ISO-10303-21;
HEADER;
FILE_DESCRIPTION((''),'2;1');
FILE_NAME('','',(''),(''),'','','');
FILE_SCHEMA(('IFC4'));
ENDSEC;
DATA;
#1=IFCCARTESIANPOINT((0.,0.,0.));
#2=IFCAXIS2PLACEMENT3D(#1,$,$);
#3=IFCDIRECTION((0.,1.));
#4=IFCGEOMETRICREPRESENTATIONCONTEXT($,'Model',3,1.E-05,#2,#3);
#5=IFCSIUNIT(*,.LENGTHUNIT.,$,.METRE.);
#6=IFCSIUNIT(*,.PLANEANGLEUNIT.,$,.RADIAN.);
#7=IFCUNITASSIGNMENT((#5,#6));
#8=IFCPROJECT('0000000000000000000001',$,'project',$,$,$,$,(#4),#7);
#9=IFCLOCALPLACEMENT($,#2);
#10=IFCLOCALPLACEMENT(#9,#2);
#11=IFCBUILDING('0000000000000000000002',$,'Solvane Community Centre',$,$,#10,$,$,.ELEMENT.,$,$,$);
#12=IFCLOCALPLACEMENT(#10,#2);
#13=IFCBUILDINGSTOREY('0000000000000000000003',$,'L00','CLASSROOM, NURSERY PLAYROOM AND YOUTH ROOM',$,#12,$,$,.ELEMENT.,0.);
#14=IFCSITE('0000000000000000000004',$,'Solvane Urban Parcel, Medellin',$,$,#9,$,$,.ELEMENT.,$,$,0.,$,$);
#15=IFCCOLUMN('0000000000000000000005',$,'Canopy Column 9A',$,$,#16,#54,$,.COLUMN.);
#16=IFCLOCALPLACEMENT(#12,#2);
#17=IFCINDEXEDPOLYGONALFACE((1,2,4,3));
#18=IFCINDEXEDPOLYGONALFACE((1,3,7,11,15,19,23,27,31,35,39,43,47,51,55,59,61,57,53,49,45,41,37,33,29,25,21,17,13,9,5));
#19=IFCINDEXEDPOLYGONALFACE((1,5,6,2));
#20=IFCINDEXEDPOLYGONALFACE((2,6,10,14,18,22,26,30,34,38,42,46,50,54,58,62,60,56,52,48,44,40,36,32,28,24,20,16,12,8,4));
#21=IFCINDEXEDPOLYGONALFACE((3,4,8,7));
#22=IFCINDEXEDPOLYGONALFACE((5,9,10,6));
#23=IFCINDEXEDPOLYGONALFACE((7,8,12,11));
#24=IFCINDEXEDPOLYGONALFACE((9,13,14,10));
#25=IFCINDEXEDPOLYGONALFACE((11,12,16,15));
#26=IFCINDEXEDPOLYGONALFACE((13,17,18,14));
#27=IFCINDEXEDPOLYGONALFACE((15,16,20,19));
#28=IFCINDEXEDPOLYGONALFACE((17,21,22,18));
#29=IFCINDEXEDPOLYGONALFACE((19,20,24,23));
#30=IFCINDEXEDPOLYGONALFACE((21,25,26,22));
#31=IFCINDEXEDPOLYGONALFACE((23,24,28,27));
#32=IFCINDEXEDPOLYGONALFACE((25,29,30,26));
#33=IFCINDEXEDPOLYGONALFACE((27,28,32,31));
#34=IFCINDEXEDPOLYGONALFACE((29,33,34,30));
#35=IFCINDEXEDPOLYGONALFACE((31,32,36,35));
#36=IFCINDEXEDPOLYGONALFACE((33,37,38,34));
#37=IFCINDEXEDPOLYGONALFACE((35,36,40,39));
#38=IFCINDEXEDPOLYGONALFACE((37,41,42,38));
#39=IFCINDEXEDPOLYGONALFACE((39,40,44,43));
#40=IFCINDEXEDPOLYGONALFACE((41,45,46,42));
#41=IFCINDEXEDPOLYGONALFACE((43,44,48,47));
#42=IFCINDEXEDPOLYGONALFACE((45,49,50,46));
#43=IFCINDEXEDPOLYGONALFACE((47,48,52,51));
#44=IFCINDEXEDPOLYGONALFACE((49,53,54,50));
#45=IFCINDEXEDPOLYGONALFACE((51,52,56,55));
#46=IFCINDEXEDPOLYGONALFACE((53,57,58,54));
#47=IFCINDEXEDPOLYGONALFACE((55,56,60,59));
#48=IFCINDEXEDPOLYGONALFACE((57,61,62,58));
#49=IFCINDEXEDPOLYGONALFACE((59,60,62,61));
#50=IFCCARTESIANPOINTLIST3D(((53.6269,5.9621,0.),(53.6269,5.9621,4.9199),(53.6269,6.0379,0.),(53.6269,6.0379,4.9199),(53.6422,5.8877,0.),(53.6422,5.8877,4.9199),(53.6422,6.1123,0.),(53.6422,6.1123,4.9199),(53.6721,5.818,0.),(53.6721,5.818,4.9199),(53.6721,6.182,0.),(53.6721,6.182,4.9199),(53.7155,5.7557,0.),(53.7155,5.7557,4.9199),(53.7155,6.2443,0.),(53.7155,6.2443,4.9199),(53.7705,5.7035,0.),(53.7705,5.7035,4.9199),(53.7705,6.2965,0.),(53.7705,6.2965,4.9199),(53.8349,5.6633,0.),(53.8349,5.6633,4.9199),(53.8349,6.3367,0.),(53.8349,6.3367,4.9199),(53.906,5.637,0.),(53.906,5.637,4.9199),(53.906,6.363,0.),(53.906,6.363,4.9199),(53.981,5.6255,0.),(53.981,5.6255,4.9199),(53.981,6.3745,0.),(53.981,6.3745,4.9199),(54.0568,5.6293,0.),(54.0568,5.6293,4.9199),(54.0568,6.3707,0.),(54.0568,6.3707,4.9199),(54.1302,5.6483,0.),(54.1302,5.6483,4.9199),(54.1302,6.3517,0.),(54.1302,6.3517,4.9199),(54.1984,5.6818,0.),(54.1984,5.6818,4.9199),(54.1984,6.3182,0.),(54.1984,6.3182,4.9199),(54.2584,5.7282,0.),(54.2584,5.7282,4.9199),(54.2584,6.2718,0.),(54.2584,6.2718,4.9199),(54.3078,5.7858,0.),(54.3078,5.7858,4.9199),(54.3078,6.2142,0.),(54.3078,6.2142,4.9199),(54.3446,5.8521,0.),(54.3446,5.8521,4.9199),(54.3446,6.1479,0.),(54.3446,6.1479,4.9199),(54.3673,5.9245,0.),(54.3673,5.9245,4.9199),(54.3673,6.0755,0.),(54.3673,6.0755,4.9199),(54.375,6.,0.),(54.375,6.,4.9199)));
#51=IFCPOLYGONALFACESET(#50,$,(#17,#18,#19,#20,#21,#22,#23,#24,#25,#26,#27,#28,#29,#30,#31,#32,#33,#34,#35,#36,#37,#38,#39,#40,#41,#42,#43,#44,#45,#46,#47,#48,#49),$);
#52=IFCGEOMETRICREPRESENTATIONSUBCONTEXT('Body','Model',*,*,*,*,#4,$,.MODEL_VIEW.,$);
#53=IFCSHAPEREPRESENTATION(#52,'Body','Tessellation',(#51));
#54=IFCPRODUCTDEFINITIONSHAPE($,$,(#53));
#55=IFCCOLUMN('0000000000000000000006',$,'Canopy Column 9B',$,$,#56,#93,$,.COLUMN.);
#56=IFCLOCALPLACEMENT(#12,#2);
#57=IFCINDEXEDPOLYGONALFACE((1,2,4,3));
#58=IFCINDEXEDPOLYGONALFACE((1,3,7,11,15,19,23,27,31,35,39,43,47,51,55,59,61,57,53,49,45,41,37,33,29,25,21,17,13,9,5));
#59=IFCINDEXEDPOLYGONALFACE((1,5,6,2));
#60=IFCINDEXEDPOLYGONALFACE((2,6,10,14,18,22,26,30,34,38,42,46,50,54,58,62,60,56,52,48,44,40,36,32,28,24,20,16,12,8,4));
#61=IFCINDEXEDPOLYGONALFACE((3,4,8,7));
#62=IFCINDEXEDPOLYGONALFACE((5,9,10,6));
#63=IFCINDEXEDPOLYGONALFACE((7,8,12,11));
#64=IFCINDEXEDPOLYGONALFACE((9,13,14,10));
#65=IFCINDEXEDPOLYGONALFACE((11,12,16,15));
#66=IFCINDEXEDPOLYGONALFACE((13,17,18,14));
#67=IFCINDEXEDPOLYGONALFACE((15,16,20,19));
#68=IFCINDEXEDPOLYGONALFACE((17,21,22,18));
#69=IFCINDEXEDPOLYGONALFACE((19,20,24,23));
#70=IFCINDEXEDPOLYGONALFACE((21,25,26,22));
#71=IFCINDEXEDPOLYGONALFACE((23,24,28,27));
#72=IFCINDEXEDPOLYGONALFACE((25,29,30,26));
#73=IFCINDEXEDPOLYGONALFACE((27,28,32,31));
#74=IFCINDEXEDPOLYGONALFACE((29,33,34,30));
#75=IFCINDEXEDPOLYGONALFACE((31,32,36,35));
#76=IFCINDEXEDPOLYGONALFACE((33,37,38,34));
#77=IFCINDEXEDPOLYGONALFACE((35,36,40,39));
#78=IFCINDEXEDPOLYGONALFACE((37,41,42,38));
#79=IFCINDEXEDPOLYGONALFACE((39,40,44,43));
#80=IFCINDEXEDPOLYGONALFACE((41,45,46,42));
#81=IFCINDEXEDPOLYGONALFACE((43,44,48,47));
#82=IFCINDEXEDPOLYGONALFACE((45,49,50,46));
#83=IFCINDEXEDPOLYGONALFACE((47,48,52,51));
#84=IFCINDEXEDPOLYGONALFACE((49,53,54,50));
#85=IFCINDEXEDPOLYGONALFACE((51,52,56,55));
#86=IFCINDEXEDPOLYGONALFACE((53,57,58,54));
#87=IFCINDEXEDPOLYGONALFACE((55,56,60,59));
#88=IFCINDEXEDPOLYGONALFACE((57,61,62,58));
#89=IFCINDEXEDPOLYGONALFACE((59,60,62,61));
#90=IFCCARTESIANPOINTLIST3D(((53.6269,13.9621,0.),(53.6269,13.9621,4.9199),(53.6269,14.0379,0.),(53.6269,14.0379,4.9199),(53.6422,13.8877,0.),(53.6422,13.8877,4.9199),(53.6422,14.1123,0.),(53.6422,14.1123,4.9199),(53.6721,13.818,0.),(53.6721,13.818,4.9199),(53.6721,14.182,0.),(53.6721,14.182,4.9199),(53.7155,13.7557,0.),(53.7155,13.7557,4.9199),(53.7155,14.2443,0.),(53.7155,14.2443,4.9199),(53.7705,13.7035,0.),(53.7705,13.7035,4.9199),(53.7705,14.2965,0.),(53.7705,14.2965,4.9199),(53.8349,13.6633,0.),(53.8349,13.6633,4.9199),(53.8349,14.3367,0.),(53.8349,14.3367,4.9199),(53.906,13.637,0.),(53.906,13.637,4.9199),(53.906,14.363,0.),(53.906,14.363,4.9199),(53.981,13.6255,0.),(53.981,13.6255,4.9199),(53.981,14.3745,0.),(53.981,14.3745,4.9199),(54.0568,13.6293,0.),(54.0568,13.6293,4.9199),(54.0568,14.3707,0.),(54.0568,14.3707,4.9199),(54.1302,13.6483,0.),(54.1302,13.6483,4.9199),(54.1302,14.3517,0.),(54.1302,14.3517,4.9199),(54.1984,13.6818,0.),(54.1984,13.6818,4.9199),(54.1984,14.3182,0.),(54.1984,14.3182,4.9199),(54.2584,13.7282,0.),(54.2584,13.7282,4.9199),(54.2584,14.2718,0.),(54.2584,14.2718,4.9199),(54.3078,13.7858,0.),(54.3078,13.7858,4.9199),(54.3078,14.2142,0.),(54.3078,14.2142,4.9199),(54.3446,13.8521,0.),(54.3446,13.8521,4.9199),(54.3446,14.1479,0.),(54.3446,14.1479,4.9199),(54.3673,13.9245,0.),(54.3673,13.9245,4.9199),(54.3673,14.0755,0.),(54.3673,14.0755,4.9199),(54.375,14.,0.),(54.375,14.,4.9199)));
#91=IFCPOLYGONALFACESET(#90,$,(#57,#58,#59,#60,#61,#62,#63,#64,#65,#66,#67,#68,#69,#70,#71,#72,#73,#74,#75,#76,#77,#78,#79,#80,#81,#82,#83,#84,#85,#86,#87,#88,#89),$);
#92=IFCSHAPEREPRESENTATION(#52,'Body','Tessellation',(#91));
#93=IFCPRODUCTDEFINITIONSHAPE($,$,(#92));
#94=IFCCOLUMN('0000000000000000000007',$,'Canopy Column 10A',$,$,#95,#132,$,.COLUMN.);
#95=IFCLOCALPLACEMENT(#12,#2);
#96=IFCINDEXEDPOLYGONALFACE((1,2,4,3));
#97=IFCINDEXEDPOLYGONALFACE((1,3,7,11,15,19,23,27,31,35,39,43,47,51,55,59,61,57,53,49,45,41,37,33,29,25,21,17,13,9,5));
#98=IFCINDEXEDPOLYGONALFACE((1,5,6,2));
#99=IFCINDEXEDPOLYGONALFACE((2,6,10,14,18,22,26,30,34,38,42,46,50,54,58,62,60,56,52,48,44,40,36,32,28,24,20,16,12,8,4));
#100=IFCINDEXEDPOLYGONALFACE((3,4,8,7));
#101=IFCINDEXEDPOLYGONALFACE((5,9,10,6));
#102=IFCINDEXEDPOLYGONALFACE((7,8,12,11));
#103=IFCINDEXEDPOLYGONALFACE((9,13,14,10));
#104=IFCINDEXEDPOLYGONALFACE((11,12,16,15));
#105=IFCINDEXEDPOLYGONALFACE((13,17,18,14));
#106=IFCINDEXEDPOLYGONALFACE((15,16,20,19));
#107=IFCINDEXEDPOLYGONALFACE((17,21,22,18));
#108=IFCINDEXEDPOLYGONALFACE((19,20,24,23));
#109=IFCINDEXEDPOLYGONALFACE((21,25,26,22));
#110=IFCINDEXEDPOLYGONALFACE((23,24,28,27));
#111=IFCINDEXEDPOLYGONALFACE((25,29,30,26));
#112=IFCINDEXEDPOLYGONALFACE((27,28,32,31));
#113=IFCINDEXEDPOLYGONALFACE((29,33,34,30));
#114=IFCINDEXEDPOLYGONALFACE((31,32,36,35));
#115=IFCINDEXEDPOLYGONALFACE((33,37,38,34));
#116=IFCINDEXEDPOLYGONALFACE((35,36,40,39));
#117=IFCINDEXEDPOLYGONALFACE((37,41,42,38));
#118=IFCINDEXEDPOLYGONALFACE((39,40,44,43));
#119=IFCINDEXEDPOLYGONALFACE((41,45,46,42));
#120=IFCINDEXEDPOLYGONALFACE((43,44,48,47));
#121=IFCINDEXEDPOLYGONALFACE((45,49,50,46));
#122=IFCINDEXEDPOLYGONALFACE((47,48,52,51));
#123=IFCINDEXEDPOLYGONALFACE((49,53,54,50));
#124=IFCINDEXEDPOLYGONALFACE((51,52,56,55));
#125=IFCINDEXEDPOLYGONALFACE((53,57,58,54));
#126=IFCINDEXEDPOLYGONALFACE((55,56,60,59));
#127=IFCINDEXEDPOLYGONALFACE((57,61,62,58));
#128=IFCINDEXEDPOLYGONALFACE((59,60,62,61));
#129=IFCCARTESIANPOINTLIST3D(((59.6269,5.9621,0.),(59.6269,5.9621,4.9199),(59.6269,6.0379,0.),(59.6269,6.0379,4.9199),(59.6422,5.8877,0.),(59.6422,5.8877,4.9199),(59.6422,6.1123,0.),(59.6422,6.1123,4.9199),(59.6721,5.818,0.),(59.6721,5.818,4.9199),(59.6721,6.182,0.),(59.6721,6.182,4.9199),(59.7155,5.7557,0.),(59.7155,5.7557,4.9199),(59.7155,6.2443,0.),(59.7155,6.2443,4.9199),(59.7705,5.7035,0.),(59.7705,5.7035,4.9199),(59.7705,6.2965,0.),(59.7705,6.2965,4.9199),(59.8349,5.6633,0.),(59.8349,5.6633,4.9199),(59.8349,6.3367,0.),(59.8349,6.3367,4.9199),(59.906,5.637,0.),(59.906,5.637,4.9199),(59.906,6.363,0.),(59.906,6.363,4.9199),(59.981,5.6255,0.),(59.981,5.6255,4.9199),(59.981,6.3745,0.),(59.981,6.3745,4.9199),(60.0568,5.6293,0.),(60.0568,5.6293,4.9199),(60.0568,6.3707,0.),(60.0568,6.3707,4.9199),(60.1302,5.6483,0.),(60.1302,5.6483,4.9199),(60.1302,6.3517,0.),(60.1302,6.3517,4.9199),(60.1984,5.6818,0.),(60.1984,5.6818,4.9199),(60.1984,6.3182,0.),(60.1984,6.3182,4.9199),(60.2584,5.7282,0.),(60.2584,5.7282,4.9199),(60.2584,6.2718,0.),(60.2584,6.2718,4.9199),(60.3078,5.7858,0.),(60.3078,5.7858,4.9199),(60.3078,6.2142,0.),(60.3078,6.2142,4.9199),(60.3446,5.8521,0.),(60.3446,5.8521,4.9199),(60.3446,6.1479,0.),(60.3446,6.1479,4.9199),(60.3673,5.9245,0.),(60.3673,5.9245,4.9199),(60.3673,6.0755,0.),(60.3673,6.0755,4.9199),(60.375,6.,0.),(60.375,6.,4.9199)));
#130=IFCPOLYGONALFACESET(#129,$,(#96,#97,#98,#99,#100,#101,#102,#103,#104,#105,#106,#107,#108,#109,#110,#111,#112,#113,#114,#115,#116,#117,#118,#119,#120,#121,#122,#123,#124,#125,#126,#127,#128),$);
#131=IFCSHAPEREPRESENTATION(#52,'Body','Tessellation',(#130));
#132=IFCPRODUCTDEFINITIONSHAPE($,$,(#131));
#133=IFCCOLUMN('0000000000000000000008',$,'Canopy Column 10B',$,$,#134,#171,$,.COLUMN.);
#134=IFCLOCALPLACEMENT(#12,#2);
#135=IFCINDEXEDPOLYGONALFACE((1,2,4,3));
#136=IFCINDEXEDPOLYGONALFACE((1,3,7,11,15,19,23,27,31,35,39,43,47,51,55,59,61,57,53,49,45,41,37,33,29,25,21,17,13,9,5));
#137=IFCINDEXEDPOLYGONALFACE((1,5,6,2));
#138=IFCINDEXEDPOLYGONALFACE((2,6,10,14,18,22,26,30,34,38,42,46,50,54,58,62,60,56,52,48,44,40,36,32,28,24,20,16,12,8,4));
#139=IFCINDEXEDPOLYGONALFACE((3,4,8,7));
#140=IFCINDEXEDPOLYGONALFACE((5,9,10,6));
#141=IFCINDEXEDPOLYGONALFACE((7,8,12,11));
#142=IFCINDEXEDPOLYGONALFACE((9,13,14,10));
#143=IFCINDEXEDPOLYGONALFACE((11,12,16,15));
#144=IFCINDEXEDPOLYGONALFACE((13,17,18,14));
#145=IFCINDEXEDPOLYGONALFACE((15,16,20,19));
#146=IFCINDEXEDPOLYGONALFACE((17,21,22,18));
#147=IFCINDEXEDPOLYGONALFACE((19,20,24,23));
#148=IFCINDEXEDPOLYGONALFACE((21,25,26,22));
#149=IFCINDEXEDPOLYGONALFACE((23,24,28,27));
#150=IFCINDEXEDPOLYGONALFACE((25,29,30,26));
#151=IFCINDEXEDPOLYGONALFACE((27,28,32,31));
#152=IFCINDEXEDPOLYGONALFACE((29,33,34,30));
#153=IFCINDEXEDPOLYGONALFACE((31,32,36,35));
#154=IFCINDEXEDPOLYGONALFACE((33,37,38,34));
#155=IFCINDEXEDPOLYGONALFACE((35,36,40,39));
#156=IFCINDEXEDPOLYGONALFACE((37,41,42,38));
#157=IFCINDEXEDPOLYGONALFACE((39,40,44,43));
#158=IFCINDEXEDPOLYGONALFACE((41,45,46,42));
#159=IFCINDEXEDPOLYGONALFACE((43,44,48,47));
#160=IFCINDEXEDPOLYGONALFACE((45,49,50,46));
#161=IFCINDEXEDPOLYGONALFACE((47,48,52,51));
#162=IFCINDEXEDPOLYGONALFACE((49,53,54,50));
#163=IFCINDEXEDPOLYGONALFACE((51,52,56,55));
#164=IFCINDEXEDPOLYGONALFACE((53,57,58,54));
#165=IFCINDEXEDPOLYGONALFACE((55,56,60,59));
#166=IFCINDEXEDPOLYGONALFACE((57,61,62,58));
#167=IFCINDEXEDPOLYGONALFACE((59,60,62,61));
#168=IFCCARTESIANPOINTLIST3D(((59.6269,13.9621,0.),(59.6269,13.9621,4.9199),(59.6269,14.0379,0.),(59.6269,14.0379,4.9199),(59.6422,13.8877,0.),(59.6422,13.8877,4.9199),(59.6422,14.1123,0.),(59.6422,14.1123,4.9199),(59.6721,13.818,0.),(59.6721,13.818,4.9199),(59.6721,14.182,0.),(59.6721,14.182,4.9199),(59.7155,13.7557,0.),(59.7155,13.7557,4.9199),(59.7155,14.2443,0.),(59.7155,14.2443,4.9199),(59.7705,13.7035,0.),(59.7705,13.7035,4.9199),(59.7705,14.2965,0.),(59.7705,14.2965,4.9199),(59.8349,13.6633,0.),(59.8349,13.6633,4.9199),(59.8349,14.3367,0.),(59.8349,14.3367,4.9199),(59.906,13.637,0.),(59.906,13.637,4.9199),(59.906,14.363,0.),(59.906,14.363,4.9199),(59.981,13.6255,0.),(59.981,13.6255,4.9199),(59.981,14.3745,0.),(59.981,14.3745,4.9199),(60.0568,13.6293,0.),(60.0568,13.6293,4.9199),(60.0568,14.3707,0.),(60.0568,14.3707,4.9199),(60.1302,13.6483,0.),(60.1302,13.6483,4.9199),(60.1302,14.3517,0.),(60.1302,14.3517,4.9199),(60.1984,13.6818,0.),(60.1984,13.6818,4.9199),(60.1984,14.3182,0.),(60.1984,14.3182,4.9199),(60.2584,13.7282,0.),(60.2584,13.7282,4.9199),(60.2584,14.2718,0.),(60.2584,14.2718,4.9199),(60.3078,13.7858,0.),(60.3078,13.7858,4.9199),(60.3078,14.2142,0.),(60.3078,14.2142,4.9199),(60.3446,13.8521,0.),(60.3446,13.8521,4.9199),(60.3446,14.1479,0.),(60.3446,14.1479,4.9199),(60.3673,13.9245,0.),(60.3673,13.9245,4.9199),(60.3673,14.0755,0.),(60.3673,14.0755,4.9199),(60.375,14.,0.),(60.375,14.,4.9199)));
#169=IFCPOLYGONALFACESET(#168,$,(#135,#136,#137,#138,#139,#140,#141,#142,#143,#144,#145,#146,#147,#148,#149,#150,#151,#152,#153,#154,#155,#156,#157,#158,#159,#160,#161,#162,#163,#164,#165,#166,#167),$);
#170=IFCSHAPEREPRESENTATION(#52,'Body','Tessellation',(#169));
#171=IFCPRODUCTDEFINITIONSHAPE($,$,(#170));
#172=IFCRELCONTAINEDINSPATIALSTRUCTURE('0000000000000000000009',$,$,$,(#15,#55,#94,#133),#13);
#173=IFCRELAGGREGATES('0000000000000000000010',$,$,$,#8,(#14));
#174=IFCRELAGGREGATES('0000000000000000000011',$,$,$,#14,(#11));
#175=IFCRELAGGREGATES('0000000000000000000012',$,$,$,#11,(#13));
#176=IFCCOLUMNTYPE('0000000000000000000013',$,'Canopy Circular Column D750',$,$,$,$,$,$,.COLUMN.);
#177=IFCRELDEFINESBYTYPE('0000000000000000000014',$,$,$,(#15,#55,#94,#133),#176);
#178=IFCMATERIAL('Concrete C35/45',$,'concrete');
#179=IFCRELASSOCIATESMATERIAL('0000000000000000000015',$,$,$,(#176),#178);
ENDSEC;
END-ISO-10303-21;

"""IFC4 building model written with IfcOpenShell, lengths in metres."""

from ifc_helpers import new_model, si_unit, direction, frame, origin, origin_2d, place, context, subcontext, project, spatial, circle, extrude, material, material_profile, profile_set, type_object, element, save


model = new_model("IFC4")

# Units and contexts
model_context = context("Model", 3, precision=1e-05, world=origin(), true_north=direction((0.0, 1.0)))
body_context = subcontext(model_context, "Body", "Model", "MODEL_VIEW")
ifc_project = project(units=[si_unit("LENGTHUNIT", "METRE"), si_unit("PLANEANGLEUNIT", "RADIAN")], contexts=[model_context])

# Site, building, storey
site_placement = place(None, origin())
site = spatial("IfcSite", under=ifc_project, at=site_placement, Name="Solvane Urban Parcel, Medellin", CompositionType="ELEMENT", RefElevation=0.0)
building_placement = place(site_placement, origin())
building = spatial("IfcBuilding", under=site, at=building_placement, Name="Solvane Community Centre", CompositionType="ELEMENT")
storey_placement = place(building_placement, origin())
storey = spatial("IfcBuildingStorey", under=building, at=storey_placement, Name="L00", Description="CLASSROOM, NURSERY PLAYROOM AND YOUTH ROOM", CompositionType="ELEMENT", Elevation=0.0)

# Columns
ifc_material_1 = material(Name="Concrete C35/45", Category="concrete")
ifc_material_profile_1 = material_profile(ifc_material_1, circle(Radius=0.375, at=origin_2d()), Name="RC D750")
ifc_profile_set_1 = profile_set([ifc_material_profile_1], Name="Concrete C35/45")
column_type = type_object("IfcColumnType", Name="Canopy Circular Column D750", PredefinedType="COLUMN", material=ifc_profile_set_1)
for number, where, z_axis, x_axis, name in (
    (1, (54.0, 6.0, 0.0), (0.0, 0.0, 1.0), (1.0, 0.0, 0.0), "Canopy Column 9A"),
    (2, (54.0, 14.0, 0.0), (0.0, 0.0, 1.0), (1.0, 0.0, 0.0), "Canopy Column 9B"),
    (3, (60.0, 6.0, 0.0), (0.0, 0.0, 1.0), (1.0, 0.0, 0.0), "Canopy Column 10A"),
    (4, (60.0, 14.0, 0.0), (0.0, 0.0, 1.0), (1.0, 0.0, 0.0), "Canopy Column 10B"),
):
    element("IfcColumn", number, at=place(storey_placement, frame(where, z_axis=z_axis, x_axis=x_axis)), inside=storey, type_object=column_type, Name=name, PredefinedType="COLUMN", context=body_context, shape_type="SweptSolid", body=[
        extrude(circle(Radius=0.375, at=origin_2d()), origin(), (0.0, 0.0, 1.0), 4.9199),
    ])

save(model, "model.ifc")
